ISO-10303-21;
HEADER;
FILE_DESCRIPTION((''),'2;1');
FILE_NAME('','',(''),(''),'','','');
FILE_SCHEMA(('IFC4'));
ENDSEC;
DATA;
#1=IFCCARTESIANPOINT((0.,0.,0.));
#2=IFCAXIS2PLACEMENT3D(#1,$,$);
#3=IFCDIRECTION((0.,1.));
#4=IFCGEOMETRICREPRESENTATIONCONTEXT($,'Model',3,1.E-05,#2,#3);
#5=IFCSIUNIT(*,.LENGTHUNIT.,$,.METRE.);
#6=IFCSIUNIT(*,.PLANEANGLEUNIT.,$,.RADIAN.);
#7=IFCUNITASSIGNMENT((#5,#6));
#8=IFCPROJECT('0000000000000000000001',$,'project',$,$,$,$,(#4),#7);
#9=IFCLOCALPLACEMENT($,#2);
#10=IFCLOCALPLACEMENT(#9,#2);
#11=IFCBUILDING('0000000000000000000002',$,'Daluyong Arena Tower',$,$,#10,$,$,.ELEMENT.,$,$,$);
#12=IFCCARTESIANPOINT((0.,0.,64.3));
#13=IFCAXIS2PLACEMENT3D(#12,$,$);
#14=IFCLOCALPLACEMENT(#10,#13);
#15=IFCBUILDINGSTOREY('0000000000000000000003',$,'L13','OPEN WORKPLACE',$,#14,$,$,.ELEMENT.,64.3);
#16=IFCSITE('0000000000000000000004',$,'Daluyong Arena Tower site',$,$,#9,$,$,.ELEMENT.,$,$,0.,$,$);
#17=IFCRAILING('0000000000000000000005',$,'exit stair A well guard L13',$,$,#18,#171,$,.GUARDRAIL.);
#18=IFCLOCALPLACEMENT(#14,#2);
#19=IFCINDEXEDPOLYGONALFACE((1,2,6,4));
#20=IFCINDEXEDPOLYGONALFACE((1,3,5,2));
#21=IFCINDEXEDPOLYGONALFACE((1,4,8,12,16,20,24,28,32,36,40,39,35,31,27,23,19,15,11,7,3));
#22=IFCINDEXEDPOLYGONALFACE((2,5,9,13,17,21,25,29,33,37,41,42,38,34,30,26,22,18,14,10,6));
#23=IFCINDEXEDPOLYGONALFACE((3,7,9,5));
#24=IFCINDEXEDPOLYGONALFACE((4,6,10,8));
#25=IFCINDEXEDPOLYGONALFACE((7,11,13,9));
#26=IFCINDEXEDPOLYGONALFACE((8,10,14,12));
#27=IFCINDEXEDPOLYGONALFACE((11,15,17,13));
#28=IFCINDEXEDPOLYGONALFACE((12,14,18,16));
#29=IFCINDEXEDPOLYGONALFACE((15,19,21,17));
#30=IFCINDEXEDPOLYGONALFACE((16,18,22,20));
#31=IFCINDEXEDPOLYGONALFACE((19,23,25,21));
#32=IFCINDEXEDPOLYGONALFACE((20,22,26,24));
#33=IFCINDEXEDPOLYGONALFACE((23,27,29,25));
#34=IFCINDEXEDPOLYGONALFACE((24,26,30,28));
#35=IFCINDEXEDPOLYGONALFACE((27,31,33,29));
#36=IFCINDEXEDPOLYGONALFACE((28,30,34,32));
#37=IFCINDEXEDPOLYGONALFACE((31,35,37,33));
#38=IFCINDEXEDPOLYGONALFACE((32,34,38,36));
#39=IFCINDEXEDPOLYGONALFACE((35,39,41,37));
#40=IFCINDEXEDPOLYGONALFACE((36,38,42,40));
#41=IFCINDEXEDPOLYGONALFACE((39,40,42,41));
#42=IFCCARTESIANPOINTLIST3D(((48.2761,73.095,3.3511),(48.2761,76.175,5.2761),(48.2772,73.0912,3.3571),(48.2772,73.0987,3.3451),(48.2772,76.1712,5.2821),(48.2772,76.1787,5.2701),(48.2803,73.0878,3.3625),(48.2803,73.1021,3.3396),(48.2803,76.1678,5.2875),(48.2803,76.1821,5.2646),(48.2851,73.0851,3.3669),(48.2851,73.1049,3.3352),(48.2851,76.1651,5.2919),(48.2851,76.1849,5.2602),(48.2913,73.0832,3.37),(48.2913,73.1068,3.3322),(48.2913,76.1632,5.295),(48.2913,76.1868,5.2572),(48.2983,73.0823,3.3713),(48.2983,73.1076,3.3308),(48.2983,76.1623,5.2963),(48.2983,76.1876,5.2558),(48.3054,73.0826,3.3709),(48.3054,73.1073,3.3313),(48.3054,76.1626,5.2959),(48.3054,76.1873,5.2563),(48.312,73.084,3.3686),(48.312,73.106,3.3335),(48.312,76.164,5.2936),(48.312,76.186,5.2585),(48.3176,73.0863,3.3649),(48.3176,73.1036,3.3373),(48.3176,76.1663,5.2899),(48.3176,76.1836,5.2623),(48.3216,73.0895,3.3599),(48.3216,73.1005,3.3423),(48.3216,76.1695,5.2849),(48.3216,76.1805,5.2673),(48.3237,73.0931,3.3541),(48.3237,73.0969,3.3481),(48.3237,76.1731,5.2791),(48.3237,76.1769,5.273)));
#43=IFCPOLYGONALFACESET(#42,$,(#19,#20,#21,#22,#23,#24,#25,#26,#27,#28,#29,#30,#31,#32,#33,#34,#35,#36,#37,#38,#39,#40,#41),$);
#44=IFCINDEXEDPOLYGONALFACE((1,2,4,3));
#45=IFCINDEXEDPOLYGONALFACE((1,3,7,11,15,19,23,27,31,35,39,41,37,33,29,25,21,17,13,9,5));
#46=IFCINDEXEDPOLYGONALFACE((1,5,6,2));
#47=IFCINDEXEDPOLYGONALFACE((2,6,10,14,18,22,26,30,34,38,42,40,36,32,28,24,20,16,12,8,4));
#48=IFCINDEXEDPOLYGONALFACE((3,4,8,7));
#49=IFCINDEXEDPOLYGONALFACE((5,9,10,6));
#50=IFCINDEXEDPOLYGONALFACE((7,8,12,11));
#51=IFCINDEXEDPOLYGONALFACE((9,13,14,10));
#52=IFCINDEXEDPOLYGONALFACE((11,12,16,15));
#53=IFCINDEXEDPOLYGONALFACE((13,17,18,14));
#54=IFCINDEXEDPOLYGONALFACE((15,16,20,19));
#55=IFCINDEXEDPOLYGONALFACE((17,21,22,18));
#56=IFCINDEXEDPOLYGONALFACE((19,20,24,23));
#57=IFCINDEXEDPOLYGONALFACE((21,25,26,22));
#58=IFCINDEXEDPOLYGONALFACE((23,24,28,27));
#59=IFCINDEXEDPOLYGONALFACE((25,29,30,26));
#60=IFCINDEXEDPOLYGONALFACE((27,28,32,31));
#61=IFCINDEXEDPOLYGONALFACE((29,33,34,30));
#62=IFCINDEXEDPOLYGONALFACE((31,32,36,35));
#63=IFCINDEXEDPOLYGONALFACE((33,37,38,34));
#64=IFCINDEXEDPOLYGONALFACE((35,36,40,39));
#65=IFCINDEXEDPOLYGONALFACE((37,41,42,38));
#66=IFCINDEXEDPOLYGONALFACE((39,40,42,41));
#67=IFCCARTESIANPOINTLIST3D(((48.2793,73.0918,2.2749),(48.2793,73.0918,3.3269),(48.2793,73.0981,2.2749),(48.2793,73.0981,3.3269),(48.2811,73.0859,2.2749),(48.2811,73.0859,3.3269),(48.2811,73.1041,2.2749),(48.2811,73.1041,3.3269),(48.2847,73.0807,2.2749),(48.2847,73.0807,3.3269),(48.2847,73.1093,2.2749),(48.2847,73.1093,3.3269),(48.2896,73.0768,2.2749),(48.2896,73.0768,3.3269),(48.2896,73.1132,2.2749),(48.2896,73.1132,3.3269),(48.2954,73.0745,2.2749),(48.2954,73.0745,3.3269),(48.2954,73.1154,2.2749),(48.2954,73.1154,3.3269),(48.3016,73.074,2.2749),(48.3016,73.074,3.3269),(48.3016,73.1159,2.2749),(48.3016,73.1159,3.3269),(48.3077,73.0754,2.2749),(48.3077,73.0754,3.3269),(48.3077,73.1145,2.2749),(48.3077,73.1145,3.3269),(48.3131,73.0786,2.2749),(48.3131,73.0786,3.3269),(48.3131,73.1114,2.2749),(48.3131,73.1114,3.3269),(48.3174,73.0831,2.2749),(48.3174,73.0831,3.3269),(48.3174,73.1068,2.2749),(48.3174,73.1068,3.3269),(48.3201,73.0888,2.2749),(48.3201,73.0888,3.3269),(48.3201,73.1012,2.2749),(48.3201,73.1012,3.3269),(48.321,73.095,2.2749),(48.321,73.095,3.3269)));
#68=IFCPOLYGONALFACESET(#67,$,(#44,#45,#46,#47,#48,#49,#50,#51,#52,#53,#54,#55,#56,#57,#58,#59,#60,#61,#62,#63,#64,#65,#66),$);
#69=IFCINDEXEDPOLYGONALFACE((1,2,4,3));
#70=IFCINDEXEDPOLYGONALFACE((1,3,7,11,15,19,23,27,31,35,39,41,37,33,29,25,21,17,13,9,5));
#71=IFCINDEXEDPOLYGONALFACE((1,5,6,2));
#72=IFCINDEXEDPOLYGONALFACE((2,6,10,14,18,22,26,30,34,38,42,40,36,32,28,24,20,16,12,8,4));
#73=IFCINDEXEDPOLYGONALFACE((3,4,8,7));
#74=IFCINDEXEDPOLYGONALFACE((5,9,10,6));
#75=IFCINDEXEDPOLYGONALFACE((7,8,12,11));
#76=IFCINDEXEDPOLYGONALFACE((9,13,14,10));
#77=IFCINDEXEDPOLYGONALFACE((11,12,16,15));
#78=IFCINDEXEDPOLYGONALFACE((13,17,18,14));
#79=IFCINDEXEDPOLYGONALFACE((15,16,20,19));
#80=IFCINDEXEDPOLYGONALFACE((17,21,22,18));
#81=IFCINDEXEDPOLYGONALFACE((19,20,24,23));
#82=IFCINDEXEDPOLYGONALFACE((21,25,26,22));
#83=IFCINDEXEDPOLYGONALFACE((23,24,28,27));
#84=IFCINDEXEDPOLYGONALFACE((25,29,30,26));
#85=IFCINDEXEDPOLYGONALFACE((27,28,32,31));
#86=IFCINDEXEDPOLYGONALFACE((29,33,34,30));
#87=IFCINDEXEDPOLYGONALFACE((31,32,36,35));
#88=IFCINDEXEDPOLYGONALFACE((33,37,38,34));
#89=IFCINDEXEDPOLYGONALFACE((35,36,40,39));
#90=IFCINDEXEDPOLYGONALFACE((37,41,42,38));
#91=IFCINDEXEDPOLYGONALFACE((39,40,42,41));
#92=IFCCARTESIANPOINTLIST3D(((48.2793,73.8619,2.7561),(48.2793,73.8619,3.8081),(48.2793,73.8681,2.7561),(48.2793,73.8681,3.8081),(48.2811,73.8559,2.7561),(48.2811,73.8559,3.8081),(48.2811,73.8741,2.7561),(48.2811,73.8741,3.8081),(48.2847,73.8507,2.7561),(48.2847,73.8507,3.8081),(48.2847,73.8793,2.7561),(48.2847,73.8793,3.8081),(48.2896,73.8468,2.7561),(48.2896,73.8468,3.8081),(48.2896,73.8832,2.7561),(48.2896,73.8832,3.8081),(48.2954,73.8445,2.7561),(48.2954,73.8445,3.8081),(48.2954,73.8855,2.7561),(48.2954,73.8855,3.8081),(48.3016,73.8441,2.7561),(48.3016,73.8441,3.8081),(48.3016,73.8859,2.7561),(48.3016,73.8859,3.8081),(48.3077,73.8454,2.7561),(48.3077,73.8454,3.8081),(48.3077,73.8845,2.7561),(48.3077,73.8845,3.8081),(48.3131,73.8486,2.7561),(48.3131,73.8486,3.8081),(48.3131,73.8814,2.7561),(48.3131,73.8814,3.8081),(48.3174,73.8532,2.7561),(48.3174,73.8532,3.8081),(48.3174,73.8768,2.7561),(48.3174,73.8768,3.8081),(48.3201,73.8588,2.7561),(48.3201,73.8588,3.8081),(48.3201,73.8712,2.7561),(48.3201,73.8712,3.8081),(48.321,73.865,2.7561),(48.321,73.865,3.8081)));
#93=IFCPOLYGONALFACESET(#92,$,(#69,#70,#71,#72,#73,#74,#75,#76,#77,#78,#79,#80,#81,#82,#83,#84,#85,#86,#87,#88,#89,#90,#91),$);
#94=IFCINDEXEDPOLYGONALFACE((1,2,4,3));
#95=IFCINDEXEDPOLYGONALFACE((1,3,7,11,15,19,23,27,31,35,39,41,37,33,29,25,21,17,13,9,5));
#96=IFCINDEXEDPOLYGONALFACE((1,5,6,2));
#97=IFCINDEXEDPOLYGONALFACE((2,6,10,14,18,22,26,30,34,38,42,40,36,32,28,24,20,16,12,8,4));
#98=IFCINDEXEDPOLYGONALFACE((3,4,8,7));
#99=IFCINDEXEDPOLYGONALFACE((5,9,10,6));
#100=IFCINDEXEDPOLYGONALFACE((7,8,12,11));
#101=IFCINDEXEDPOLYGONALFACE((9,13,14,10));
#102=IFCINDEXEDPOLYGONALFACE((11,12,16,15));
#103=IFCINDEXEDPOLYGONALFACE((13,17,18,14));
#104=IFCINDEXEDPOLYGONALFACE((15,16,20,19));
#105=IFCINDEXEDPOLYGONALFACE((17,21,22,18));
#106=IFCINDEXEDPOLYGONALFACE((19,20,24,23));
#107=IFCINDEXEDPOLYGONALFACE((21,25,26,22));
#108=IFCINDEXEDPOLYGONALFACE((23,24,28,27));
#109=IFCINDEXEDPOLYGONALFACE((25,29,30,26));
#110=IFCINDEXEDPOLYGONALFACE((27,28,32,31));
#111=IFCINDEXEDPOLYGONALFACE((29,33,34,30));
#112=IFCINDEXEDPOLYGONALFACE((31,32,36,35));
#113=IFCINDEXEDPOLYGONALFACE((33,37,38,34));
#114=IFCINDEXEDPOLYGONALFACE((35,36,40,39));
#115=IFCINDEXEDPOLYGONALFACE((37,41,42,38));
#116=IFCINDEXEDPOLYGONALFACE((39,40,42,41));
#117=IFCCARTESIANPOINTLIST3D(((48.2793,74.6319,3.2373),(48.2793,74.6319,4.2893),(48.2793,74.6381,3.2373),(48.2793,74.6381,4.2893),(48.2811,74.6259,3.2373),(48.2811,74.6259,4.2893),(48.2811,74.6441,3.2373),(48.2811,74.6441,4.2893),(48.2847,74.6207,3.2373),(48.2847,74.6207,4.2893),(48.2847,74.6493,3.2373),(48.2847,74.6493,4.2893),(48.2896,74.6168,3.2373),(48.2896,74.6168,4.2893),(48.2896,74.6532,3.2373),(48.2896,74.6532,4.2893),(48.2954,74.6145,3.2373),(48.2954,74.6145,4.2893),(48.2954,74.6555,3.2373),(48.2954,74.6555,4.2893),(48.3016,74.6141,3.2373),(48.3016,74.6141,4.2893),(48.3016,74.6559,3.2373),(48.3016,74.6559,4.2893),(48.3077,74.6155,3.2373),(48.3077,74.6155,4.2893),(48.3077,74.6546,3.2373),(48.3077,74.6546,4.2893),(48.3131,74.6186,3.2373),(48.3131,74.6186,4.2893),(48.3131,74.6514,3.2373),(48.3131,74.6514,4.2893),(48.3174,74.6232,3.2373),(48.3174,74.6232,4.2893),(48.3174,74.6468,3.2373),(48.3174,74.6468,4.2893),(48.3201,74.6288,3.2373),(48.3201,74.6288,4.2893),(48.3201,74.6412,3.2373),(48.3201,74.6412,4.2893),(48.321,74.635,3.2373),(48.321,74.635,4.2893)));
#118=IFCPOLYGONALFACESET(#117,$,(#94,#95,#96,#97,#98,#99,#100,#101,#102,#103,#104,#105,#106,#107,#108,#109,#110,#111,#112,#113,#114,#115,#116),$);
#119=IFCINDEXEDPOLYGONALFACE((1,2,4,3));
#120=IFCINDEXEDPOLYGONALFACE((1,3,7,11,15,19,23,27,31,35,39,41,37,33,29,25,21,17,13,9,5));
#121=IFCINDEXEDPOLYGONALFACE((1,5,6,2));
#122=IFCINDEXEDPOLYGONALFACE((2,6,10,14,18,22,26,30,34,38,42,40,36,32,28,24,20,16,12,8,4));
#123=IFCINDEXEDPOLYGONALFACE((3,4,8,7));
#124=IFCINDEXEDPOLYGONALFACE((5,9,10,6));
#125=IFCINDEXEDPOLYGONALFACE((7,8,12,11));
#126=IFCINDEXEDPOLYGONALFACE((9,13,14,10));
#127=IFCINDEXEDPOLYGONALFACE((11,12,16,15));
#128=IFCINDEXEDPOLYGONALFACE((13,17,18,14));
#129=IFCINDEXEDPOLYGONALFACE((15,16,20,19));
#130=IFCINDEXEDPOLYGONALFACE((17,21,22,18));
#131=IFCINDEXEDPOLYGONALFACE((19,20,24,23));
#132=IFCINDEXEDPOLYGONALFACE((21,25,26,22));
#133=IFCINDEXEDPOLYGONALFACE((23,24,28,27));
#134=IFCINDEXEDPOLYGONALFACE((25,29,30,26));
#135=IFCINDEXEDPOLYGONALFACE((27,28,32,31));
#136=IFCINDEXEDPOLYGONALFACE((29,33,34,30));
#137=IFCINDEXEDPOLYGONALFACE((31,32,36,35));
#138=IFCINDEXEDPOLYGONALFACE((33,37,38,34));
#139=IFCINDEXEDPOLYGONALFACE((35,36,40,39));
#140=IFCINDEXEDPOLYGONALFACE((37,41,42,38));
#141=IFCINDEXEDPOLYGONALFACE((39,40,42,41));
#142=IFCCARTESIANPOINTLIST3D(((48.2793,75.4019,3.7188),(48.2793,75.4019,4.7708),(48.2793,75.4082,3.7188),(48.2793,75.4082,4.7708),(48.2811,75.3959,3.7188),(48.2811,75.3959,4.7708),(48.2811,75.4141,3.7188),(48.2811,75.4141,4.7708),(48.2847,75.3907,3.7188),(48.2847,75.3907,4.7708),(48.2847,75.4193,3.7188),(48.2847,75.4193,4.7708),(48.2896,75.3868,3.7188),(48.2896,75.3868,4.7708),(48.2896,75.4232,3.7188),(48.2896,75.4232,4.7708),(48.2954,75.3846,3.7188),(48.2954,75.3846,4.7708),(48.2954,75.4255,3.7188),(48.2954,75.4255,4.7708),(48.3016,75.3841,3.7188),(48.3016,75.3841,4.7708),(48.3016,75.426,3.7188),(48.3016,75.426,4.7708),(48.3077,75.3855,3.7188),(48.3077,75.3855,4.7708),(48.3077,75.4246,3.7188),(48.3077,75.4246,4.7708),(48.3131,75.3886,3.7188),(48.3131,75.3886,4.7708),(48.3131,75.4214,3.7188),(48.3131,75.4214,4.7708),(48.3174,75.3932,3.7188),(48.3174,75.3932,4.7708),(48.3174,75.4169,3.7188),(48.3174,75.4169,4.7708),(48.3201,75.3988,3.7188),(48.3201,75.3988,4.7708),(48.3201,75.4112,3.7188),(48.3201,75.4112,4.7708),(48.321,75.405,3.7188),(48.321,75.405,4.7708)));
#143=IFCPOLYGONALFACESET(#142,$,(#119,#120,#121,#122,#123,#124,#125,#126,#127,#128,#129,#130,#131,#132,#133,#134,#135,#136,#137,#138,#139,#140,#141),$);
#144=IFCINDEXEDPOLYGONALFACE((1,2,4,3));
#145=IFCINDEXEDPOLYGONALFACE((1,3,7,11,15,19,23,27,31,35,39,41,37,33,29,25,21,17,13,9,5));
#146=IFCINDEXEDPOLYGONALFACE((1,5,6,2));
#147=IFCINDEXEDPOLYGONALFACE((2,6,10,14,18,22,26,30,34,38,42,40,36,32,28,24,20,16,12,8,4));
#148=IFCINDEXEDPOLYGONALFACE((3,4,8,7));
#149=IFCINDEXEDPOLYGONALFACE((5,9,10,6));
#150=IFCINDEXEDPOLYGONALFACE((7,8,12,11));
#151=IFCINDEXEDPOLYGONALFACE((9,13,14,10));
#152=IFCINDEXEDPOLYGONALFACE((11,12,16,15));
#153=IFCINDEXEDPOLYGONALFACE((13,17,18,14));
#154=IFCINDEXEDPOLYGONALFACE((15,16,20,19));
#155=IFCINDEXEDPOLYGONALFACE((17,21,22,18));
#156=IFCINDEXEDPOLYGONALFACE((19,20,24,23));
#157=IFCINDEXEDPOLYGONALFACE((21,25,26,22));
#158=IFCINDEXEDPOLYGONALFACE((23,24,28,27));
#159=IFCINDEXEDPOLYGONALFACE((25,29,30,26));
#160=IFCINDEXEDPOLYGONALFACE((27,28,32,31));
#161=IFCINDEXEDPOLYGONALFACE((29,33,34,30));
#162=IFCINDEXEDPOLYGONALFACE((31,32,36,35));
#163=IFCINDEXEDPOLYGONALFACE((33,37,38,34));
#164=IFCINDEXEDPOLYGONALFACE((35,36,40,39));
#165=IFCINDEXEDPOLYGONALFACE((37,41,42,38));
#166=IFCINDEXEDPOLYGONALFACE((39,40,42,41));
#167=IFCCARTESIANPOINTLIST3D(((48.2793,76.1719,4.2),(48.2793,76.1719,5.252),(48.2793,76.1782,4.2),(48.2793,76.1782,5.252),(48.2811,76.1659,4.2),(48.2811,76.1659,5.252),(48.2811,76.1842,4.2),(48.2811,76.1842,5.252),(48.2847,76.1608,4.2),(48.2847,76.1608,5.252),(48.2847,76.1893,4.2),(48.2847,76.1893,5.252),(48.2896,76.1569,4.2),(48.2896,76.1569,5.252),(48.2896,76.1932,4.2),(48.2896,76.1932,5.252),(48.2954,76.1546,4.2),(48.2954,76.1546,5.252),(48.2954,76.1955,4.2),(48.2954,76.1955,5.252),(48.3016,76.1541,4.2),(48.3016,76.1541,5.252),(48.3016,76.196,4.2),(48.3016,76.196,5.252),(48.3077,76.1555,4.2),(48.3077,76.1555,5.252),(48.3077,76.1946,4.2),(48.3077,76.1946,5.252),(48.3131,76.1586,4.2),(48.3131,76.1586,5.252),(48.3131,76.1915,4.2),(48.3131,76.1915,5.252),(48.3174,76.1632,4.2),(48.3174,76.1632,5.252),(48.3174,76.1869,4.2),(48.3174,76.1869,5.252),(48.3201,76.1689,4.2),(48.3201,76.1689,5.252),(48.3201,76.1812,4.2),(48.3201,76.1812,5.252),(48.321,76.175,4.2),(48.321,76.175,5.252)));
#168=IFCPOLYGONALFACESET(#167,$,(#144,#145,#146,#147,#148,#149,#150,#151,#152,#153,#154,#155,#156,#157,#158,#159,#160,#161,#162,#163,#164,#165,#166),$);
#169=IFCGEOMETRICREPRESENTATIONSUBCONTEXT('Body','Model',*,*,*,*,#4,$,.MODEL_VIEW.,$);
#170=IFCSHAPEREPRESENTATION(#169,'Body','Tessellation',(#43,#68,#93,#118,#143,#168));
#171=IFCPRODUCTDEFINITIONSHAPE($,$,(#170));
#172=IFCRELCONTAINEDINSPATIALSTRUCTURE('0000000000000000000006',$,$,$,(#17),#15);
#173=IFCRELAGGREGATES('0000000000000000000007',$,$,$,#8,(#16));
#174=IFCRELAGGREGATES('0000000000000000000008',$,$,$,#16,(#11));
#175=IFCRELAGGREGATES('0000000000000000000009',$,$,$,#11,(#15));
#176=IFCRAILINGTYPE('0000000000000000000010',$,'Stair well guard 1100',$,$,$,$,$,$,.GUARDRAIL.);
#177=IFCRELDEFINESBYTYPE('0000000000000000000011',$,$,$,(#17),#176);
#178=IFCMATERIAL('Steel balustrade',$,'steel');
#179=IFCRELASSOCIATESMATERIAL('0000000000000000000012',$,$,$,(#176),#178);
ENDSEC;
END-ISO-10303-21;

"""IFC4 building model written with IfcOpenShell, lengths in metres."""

from ifc_helpers import new_model, si_unit, direction, frame, origin, origin_2d, place, context, subcontext, project, spatial, circle, extrude, material, type_object, element, save


model = new_model("IFC4")

# Units and contexts
model_context = context("Model", 3, precision=1e-05, world=origin(), true_north=direction((0.0, 1.0)))
body_context = subcontext(model_context, "Body", "Model", "MODEL_VIEW")
ifc_project = project(units=[si_unit("LENGTHUNIT", "METRE"), si_unit("PLANEANGLEUNIT", "RADIAN")], contexts=[model_context])

# Site, building, storey
site_placement = place(None, origin())
site = spatial("IfcSite", under=ifc_project, at=site_placement, Name="Daluyong Arena Tower site", CompositionType="ELEMENT", RefElevation=0.0)
building_placement = place(site_placement, origin())
building = spatial("IfcBuilding", under=site, at=building_placement, Name="Daluyong Arena Tower", CompositionType="ELEMENT")
storey_placement = place(building_placement, frame((0.0, 0.0, 64.3)))
storey = spatial("IfcBuildingStorey", under=building, at=storey_placement, Name="L13", Description="OPEN WORKPLACE", CompositionType="ELEMENT", Elevation=64.3)

# Railing
ifc_material_1 = material(Name="Steel balustrade", Category="steel")
railing_type_1 = type_object("IfcRailingType", Name="Stair well guard 1100", PredefinedType="GUARDRAIL", material=ifc_material_1)
railing_1_placement = place(storey_placement, frame((48.3, 73.095, 2.2749)))
element("IfcRailing", 1, at=railing_1_placement, inside=storey, type_object=railing_type_1, Name="exit stair A well guard L13", PredefinedType="GUARDRAIL", context=body_context, shape_type="SweptSolid", body=[
    extrude(circle(Radius=0.0239, at=origin_2d()), frame((0.0, 0.0, 1.0762), z_axis=(0.0, 0.847998, 0.529999), x_axis=(-1.0, 0.0, 0.0)), (0.0, 0.0, 1.0), 3.6321),
    extrude(circle(Radius=0.021, at=origin_2d()), origin(), (0.0, 0.0, 1.0), 1.052),
    extrude(circle(Radius=0.021, at=origin_2d()), frame((0.0, 0.77, 0.4812)), (0.0, 0.0, 1.0), 1.052),
    extrude(circle(Radius=0.021, at=origin_2d()), frame((0.0, 1.54, 0.9624)), (0.0, 0.0, 1.0), 1.052),
    extrude(circle(Radius=0.021, at=origin_2d()), frame((0.0, 2.3101, 1.4438)), (0.0, 0.0, 1.0), 1.052),
    extrude(circle(Radius=0.021, at=origin_2d()), frame((0.0, 3.0801, 1.925)), (0.0, 0.0, 1.0), 1.052),
])

save(model, "model.ifc")
